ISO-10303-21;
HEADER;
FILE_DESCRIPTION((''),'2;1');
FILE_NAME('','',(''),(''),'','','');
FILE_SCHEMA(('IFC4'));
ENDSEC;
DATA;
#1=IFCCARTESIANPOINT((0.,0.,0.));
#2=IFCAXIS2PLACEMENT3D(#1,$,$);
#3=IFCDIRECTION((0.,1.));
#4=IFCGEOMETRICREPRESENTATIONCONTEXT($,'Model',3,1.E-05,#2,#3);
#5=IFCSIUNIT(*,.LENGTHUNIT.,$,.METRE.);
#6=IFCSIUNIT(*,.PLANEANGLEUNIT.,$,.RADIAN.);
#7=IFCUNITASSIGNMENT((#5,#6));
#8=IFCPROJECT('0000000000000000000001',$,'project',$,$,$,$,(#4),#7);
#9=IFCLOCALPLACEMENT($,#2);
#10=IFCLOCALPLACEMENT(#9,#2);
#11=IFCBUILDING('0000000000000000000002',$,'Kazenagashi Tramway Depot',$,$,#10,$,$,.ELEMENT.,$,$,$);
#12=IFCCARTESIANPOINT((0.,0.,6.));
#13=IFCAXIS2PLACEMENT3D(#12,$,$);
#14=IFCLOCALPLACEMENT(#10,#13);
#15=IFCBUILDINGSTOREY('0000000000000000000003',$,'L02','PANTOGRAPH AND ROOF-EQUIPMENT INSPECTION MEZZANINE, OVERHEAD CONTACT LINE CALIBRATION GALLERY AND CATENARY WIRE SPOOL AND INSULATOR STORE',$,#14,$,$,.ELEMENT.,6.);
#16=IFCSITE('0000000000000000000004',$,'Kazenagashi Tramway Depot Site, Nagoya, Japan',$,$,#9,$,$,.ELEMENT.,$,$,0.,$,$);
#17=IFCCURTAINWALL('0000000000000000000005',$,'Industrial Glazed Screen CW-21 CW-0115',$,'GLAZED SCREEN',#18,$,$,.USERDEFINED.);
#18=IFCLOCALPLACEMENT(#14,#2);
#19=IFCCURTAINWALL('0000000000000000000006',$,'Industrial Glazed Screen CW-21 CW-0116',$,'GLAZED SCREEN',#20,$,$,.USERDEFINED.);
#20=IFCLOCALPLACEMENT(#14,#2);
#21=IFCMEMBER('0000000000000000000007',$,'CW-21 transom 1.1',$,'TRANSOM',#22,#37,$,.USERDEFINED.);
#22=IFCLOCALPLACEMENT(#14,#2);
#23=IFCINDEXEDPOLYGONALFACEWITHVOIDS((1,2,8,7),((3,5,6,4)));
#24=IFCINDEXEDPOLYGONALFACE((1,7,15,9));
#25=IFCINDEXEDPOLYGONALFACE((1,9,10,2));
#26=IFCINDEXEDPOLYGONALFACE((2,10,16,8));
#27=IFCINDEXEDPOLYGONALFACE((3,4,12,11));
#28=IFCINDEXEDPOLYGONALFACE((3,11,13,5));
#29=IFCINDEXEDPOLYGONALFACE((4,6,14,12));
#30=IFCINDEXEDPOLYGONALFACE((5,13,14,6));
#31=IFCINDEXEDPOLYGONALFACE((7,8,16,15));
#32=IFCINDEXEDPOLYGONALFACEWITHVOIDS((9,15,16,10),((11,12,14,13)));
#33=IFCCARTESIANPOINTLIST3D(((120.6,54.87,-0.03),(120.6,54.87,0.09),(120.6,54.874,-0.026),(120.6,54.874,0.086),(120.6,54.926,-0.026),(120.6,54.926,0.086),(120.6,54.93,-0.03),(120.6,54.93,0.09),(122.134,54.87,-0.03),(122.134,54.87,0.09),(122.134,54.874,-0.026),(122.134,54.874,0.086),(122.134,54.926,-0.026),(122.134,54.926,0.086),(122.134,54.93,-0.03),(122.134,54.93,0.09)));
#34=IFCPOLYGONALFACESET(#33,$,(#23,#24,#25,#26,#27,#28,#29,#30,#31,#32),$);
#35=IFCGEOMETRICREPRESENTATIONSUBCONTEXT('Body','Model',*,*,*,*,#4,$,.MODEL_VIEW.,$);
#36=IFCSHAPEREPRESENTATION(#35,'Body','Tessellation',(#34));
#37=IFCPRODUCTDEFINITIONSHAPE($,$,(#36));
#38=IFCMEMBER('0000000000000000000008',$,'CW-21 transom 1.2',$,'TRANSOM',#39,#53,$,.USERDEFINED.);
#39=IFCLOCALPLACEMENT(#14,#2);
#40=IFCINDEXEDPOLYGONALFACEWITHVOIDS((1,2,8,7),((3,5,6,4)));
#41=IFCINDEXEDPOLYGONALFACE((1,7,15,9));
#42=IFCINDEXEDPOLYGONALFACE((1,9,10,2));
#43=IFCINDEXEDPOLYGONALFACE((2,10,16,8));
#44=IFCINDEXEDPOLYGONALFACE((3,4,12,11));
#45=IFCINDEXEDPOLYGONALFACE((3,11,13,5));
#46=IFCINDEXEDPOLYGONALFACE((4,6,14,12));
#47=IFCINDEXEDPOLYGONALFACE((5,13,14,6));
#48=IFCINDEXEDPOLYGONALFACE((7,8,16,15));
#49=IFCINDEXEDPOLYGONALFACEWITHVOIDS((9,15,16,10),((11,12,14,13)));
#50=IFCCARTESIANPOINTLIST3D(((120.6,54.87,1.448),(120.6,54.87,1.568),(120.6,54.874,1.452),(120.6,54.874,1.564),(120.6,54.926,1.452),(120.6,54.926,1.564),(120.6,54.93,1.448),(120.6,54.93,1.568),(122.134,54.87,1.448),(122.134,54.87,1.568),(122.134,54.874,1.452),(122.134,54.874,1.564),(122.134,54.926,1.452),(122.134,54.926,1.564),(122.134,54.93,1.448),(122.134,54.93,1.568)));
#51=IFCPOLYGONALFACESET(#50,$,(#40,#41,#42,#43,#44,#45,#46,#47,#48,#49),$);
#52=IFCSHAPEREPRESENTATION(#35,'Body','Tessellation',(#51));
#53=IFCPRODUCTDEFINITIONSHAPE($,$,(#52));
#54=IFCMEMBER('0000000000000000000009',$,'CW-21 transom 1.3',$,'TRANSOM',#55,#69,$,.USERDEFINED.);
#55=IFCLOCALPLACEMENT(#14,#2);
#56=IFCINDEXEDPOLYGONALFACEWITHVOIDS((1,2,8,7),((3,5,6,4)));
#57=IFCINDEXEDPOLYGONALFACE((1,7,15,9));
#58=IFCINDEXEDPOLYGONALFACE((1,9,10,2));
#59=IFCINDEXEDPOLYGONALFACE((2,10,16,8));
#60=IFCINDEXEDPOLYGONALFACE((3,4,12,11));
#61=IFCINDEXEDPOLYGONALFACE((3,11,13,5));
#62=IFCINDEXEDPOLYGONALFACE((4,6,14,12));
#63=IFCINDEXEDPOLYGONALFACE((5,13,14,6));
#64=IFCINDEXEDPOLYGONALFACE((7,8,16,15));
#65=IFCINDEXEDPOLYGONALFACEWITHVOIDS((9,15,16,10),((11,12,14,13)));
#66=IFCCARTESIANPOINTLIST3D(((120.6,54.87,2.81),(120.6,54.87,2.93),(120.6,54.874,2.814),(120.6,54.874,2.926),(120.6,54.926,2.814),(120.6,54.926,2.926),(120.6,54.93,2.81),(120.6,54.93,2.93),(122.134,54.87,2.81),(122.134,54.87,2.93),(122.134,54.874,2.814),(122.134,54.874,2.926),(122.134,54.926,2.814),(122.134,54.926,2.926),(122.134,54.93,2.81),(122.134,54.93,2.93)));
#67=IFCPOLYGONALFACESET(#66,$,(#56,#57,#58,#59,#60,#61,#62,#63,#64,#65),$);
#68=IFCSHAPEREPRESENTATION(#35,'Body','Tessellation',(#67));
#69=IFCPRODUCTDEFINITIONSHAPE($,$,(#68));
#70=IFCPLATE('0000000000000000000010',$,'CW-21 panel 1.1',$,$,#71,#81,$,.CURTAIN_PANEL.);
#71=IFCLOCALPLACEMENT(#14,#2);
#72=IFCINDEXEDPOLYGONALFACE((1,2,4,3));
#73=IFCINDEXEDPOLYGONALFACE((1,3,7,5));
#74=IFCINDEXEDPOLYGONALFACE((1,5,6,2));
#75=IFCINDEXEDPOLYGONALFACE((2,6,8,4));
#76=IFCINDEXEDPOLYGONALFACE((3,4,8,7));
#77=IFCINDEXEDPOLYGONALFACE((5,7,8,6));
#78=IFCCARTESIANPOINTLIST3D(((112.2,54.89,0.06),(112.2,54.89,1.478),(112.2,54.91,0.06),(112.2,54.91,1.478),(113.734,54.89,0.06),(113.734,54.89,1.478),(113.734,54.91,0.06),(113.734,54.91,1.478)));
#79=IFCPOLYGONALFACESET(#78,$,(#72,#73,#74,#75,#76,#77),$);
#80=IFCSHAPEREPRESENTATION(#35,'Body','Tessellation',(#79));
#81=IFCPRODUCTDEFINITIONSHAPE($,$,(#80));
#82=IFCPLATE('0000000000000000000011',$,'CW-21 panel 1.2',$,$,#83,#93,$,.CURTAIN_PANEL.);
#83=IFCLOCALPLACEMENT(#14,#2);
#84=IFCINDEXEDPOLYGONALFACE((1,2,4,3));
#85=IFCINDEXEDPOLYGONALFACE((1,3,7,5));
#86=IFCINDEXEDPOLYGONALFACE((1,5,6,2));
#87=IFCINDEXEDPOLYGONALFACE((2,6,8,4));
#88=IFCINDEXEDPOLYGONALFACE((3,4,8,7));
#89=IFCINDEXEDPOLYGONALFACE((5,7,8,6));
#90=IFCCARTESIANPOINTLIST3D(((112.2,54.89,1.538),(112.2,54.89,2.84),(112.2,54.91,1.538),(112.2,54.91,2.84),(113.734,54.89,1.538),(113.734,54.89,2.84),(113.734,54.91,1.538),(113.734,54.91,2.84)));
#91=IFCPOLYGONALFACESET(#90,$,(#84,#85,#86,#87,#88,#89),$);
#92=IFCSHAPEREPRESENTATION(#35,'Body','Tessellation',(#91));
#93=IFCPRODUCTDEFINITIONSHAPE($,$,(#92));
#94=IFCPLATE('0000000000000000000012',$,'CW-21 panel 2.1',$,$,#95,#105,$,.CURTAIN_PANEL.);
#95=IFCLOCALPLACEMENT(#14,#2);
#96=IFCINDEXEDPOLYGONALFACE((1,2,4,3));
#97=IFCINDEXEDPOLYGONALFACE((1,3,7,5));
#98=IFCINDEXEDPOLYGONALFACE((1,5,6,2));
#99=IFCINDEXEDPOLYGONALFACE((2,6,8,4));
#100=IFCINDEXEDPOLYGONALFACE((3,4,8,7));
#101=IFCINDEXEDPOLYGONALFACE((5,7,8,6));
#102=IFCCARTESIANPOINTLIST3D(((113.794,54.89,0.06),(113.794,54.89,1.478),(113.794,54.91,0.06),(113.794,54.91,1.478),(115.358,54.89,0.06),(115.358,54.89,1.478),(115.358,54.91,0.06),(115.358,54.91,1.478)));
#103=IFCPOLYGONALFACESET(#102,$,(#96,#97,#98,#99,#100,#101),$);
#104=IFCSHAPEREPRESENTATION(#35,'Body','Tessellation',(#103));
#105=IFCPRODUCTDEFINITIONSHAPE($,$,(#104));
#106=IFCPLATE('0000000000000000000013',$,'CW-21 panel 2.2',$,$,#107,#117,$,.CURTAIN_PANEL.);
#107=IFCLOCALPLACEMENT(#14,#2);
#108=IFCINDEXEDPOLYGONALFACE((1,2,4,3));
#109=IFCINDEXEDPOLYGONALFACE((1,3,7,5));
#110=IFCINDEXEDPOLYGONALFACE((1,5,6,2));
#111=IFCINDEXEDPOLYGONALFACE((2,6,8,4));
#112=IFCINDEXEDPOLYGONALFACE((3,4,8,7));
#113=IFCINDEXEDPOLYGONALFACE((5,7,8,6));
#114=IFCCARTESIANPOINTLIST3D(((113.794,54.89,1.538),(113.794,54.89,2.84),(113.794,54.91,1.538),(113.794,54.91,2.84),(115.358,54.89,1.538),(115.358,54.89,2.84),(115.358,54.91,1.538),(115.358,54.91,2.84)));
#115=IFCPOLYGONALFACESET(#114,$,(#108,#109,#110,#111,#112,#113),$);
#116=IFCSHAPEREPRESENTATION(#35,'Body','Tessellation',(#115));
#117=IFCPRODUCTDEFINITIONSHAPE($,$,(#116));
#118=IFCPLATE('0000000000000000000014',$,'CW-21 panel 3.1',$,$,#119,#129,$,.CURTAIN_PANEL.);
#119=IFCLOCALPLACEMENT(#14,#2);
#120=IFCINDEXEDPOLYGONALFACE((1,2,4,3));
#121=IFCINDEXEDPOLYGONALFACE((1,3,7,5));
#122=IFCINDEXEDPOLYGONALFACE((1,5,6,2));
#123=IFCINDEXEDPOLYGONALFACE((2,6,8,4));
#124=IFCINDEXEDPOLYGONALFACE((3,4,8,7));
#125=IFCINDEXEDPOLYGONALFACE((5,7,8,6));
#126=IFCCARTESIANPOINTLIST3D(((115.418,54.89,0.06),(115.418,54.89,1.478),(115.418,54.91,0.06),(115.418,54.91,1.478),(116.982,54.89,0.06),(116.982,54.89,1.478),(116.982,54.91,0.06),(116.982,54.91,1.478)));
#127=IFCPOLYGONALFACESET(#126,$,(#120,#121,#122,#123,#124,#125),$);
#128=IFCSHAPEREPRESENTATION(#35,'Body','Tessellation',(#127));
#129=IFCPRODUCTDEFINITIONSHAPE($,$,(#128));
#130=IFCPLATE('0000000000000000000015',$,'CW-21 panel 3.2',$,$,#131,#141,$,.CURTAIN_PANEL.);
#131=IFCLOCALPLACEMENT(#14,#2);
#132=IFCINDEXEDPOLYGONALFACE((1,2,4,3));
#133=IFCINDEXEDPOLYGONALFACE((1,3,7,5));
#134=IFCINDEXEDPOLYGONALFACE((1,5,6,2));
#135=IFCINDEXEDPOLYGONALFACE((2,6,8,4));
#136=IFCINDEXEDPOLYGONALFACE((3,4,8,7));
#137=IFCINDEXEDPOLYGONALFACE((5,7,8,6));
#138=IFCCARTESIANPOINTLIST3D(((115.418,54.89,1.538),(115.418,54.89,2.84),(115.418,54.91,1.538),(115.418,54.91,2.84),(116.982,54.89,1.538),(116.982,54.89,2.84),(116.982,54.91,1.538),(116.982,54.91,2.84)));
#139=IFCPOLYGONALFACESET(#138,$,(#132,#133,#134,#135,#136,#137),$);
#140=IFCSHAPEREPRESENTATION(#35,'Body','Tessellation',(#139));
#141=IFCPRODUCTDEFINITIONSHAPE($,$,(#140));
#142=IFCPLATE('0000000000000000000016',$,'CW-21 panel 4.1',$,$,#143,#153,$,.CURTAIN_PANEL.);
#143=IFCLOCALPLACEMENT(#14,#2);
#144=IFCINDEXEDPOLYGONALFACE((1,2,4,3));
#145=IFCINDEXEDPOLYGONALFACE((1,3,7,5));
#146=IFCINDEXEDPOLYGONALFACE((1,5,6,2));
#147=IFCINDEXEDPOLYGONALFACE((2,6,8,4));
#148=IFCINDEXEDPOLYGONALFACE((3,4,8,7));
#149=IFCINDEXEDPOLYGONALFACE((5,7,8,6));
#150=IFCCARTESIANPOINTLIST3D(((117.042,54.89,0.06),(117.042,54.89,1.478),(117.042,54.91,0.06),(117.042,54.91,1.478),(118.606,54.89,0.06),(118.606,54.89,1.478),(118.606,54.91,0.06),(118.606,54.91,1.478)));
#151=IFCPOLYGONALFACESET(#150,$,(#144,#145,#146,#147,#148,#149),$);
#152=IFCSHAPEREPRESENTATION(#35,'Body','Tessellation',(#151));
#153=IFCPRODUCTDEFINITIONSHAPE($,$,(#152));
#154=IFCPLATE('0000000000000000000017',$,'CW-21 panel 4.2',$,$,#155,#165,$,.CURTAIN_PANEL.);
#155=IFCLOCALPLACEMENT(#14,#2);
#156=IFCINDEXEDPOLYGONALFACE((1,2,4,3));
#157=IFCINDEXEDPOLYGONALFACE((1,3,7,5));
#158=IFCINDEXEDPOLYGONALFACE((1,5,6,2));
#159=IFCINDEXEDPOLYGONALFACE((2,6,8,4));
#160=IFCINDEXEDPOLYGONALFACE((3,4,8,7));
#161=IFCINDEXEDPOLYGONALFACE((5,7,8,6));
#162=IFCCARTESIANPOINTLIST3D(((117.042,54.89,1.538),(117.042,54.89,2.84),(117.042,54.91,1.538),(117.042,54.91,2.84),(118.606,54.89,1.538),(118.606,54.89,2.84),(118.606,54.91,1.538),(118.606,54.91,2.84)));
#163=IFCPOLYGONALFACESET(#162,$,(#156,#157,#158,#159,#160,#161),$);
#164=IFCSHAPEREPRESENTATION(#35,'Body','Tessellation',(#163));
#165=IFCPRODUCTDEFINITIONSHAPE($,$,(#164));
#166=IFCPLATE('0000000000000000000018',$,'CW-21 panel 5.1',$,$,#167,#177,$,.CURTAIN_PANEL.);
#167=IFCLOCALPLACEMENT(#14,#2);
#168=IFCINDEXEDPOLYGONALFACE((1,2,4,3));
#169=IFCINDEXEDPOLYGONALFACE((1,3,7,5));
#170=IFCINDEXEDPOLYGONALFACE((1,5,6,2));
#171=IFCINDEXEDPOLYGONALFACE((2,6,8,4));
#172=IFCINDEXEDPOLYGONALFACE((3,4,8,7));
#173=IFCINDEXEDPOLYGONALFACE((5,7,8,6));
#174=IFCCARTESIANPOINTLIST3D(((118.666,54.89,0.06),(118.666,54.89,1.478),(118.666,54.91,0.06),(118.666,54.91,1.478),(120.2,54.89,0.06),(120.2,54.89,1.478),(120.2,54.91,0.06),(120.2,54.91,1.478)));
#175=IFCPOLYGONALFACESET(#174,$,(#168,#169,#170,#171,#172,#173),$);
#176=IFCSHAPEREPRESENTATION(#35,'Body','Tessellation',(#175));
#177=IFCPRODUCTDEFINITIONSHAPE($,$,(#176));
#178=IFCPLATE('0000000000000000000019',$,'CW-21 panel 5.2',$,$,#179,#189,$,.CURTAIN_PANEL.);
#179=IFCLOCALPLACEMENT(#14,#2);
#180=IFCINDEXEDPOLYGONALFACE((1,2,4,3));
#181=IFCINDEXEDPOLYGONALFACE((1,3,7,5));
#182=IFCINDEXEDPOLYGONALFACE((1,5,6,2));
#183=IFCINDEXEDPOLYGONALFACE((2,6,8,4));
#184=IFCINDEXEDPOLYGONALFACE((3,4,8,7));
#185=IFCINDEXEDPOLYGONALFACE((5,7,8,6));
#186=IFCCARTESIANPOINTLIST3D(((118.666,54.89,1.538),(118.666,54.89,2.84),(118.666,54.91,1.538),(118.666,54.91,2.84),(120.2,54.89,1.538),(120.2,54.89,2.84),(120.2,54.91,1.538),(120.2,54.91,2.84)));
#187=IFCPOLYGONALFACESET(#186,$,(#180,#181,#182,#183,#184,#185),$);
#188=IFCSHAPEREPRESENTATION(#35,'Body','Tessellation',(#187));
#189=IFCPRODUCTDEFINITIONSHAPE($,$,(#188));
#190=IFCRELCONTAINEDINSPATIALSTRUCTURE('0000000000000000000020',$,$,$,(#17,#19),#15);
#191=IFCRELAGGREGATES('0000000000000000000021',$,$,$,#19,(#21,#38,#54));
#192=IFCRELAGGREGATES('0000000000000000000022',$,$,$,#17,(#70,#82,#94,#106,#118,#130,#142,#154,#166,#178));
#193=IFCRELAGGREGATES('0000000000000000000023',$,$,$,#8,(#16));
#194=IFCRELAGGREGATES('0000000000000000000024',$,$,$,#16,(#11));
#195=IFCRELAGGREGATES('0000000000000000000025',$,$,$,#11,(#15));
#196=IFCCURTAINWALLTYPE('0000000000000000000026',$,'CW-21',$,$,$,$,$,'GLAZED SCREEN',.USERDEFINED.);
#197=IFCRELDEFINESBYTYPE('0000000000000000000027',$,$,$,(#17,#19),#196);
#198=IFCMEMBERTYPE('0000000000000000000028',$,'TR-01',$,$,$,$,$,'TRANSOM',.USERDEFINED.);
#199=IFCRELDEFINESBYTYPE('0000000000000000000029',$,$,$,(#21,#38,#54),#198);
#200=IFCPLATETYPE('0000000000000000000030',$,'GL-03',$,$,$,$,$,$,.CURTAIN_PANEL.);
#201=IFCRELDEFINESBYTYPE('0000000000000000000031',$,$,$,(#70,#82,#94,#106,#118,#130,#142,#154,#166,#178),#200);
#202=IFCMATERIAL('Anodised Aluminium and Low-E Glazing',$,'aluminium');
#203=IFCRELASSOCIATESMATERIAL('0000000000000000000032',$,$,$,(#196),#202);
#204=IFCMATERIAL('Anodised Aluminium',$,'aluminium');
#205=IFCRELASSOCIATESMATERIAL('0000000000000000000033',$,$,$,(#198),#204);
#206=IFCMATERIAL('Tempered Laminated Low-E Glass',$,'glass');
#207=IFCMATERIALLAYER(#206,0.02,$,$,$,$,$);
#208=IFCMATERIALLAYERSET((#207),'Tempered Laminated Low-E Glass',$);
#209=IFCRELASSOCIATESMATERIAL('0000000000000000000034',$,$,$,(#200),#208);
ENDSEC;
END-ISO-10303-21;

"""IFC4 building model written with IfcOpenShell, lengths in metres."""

from ifc_helpers import new_model, si_unit, direction, frame, origin, origin_2d, place, context, subcontext, project, spatial, rectangle, hollow_rectangle, extrude, material, layer, layer_set, material_profile, profile_set, type_object, element, aggregate, save


model = new_model("IFC4")

# Units and contexts
model_context = context("Model", 3, precision=1e-05, world=origin(), true_north=direction((0.0, 1.0)))
body_context = subcontext(model_context, "Body", "Model", "MODEL_VIEW")
ifc_project = project(units=[si_unit("LENGTHUNIT", "METRE"), si_unit("PLANEANGLEUNIT", "RADIAN")], contexts=[model_context])

# Site, building, storey
site_placement = place(None, origin())
site = spatial("IfcSite", under=ifc_project, at=site_placement, Name="Kazenagashi Tramway Depot Site, Nagoya, Japan", CompositionType="ELEMENT", RefElevation=0.0)
building_placement = place(site_placement, origin())
building = spatial("IfcBuilding", under=site, at=building_placement, Name="Kazenagashi Tramway Depot", CompositionType="ELEMENT")
storey_placement = place(building_placement, frame((0.0, 0.0, 6.0)))
storey = spatial("IfcBuildingStorey", under=building, at=storey_placement, Name="L02", Description="PANTOGRAPH AND ROOF-EQUIPMENT INSPECTION MEZZANINE, OVERHEAD CONTACT LINE CALIBRATION GALLERY AND CATENARY WIRE SPOOL AND INSULATOR STORE", CompositionType="ELEMENT", Elevation=6.0)

# Curtain wall
ifc_material_1 = material(Name="Anodised Aluminium and Low-E Glazing", Category="aluminium")
curtain_wall_type = type_object("IfcCurtainWallType", Name="CW-21", ElementType="GLAZED SCREEN", PredefinedType="USERDEFINED", material=ifc_material_1)
curtain_wall_1_placement = place(storey_placement, origin())
curtain_wall_1 = element("IfcCurtainWall", 1, at=curtain_wall_1_placement, inside=storey, type_object=curtain_wall_type, Name="Industrial Glazed Screen CW-21 CW-0115", ObjectType="GLAZED SCREEN", PredefinedType="USERDEFINED")
ifc_material_2 = material(Name="Anodised Aluminium", Category="aluminium")

# Curtain wall
curtain_wall_2_placement = place(storey_placement, origin())
curtain_wall_2 = element("IfcCurtainWall", 2, at=curtain_wall_2_placement, inside=storey, type_object=curtain_wall_type, Name="Industrial Glazed Screen CW-21 CW-0116", ObjectType="GLAZED SCREEN", PredefinedType="USERDEFINED")

# Members
ifc_material_profile_1 = material_profile(ifc_material_2, hollow_rectangle(XDim=0.06, YDim=0.12, WallThickness=0.004, at=origin_2d()), Name="RHS-120x60x4")
ifc_profile_set_1 = profile_set([ifc_material_profile_1], Name="Anodised Aluminium")
member_type_1 = type_object("IfcMemberType", Name="TR-01", ElementType="TRANSOM", PredefinedType="USERDEFINED", material=ifc_profile_set_1)
member_1_placement = place(storey_placement, frame((120.6, 54.9, 0.03), z_axis=(1.0, 0.0, 0.0), x_axis=(0.0, 1.0, 0.0)))
member_1 = element("IfcMember", 3, at=member_1_placement, type_object=member_type_1, Name="CW-21 transom 1.1", ObjectType="TRANSOM", PredefinedType="USERDEFINED", context=body_context, shape_type="SweptSolid", body=[
    extrude(hollow_rectangle(XDim=0.06, YDim=0.12, WallThickness=0.004, at=origin_2d()), origin(), (0.0, 0.0, 1.0), 1.534),
])
member_2_placement = place(storey_placement, frame((120.6, 54.9, 1.508), z_axis=(1.0, 0.0, 0.0), x_axis=(0.0, 1.0, 0.0)))
member_2 = element("IfcMember", 4, at=member_2_placement, type_object=member_type_1, Name="CW-21 transom 1.2", ObjectType="TRANSOM", PredefinedType="USERDEFINED", context=body_context, shape_type="SweptSolid", body=[
    extrude(hollow_rectangle(XDim=0.06, YDim=0.12, WallThickness=0.004, at=origin_2d()), origin(), (0.0, 0.0, 1.0), 1.534),
])
member_3_placement = place(storey_placement, frame((120.6, 54.9, 2.87), z_axis=(1.0, 0.0, 0.0), x_axis=(0.0, 1.0, 0.0)))
member_3 = element("IfcMember", 5, at=member_3_placement, type_object=member_type_1, Name="CW-21 transom 1.3", ObjectType="TRANSOM", PredefinedType="USERDEFINED", context=body_context, shape_type="SweptSolid", body=[
    extrude(hollow_rectangle(XDim=0.06, YDim=0.12, WallThickness=0.004, at=origin_2d()), origin(), (0.0, 0.0, 1.0), 1.534),
])
aggregate(curtain_wall_2, [member_1, member_2, member_3])

# Plates
ifc_material_3 = material(Name="Tempered Laminated Low-E Glass", Category="glass")
ifc_layer = layer(ifc_material_3, 0.02)
ifc_layer_set = layer_set([ifc_layer], Name="Tempered Laminated Low-E Glass")
plate_type = type_object("IfcPlateType", Name="GL-03", PredefinedType="CURTAIN_PANEL", material=ifc_layer_set)
plate_1_placement = place(storey_placement, frame((112.967, 54.9, 0.06), z_axis=(0.0, 0.0, 1.0), x_axis=(1.0, 0.0, 0.0)))
plate_1 = element("IfcPlate", 6, at=plate_1_placement, type_object=plate_type, Name="CW-21 panel 1.1", PredefinedType="CURTAIN_PANEL", context=body_context, shape_type="SweptSolid", body=[
    extrude(rectangle(XDim=1.534, YDim=0.02, at=origin_2d()), origin(), (0.0, 0.0, 1.0), 1.418),
])
plate_2_placement = place(storey_placement, frame((112.967, 54.9, 1.538), z_axis=(0.0, 0.0, 1.0), x_axis=(1.0, 0.0, 0.0)))
plate_2 = element("IfcPlate", 7, at=plate_2_placement, type_object=plate_type, Name="CW-21 panel 1.2", PredefinedType="CURTAIN_PANEL", context=body_context, shape_type="SweptSolid", body=[
    extrude(rectangle(XDim=1.534, YDim=0.02, at=origin_2d()), origin(), (0.0, 0.0, 1.0), 1.302),
])
plate_3_placement = place(storey_placement, frame((114.576, 54.9, 0.06), z_axis=(0.0, 0.0, 1.0), x_axis=(1.0, 0.0, 0.0)))
plate_3 = element("IfcPlate", 8, at=plate_3_placement, type_object=plate_type, Name="CW-21 panel 2.1", PredefinedType="CURTAIN_PANEL", context=body_context, shape_type="SweptSolid", body=[
    extrude(rectangle(XDim=1.564, YDim=0.02, at=origin_2d()), origin(), (0.0, 0.0, 1.0), 1.418),
])
plate_4_placement = place(storey_placement, frame((114.576, 54.9, 1.538), z_axis=(0.0, 0.0, 1.0), x_axis=(1.0, 0.0, 0.0)))
plate_4 = element("IfcPlate", 9, at=plate_4_placement, type_object=plate_type, Name="CW-21 panel 2.2", PredefinedType="CURTAIN_PANEL", context=body_context, shape_type="SweptSolid", body=[
    extrude(rectangle(XDim=1.564, YDim=0.02, at=origin_2d()), origin(), (0.0, 0.0, 1.0), 1.302),
])
plate_5_placement = place(storey_placement, frame((116.2, 54.9, 0.06), z_axis=(0.0, 0.0, 1.0), x_axis=(1.0, 0.0, 0.0)))
plate_5 = element("IfcPlate", 10, at=plate_5_placement, type_object=plate_type, Name="CW-21 panel 3.1", PredefinedType="CURTAIN_PANEL", context=body_context, shape_type="SweptSolid", body=[
    extrude(rectangle(XDim=1.564, YDim=0.02, at=origin_2d()), origin(), (0.0, 0.0, 1.0), 1.418),
])
plate_6_placement = place(storey_placement, frame((116.2, 54.9, 1.538), z_axis=(0.0, 0.0, 1.0), x_axis=(1.0, 0.0, 0.0)))
plate_6 = element("IfcPlate", 11, at=plate_6_placement, type_object=plate_type, Name="CW-21 panel 3.2", PredefinedType="CURTAIN_PANEL", context=body_context, shape_type="SweptSolid", body=[
    extrude(rectangle(XDim=1.564, YDim=0.02, at=origin_2d()), origin(), (0.0, 0.0, 1.0), 1.302),
])
plate_7_placement = place(storey_placement, frame((117.824, 54.9, 0.06), z_axis=(0.0, 0.0, 1.0), x_axis=(1.0, 0.0, 0.0)))
plate_7 = element("IfcPlate", 12, at=plate_7_placement, type_object=plate_type, Name="CW-21 panel 4.1", PredefinedType="CURTAIN_PANEL", context=body_context, shape_type="SweptSolid", body=[
    extrude(rectangle(XDim=1.564, YDim=0.02, at=origin_2d()), origin(), (0.0, 0.0, 1.0), 1.418),
])
plate_8_placement = place(storey_placement, frame((117.824, 54.9, 1.538), z_axis=(0.0, 0.0, 1.0), x_axis=(1.0, 0.0, 0.0)))
plate_8 = element("IfcPlate", 13, at=plate_8_placement, type_object=plate_type, Name="CW-21 panel 4.2", PredefinedType="CURTAIN_PANEL", context=body_context, shape_type="SweptSolid", body=[
    extrude(rectangle(XDim=1.564, YDim=0.02, at=origin_2d()), origin(), (0.0, 0.0, 1.0), 1.302),
])
plate_9_placement = place(storey_placement, frame((119.433, 54.9, 0.06), z_axis=(0.0, 0.0, 1.0), x_axis=(1.0, 0.0, 0.0)))
plate_9 = element("IfcPlate", 14, at=plate_9_placement, type_object=plate_type, Name="CW-21 panel 5.1", PredefinedType="CURTAIN_PANEL", context=body_context, shape_type="SweptSolid", body=[
    extrude(rectangle(XDim=1.534, YDim=0.02, at=origin_2d()), origin(), (0.0, 0.0, 1.0), 1.418),
])
plate_10_placement = place(storey_placement, frame((119.433, 54.9, 1.538), z_axis=(0.0, 0.0, 1.0), x_axis=(1.0, 0.0, 0.0)))
plate_10 = element("IfcPlate", 15, at=plate_10_placement, type_object=plate_type, Name="CW-21 panel 5.2", PredefinedType="CURTAIN_PANEL", context=body_context, shape_type="SweptSolid", body=[
    extrude(rectangle(XDim=1.534, YDim=0.02, at=origin_2d()), origin(), (0.0, 0.0, 1.0), 1.302),
])
aggregate(curtain_wall_1, [plate_1, plate_2, plate_3, plate_4, plate_5, plate_6, plate_7, plate_8, plate_9, plate_10])

save(model, "model.ifc")
